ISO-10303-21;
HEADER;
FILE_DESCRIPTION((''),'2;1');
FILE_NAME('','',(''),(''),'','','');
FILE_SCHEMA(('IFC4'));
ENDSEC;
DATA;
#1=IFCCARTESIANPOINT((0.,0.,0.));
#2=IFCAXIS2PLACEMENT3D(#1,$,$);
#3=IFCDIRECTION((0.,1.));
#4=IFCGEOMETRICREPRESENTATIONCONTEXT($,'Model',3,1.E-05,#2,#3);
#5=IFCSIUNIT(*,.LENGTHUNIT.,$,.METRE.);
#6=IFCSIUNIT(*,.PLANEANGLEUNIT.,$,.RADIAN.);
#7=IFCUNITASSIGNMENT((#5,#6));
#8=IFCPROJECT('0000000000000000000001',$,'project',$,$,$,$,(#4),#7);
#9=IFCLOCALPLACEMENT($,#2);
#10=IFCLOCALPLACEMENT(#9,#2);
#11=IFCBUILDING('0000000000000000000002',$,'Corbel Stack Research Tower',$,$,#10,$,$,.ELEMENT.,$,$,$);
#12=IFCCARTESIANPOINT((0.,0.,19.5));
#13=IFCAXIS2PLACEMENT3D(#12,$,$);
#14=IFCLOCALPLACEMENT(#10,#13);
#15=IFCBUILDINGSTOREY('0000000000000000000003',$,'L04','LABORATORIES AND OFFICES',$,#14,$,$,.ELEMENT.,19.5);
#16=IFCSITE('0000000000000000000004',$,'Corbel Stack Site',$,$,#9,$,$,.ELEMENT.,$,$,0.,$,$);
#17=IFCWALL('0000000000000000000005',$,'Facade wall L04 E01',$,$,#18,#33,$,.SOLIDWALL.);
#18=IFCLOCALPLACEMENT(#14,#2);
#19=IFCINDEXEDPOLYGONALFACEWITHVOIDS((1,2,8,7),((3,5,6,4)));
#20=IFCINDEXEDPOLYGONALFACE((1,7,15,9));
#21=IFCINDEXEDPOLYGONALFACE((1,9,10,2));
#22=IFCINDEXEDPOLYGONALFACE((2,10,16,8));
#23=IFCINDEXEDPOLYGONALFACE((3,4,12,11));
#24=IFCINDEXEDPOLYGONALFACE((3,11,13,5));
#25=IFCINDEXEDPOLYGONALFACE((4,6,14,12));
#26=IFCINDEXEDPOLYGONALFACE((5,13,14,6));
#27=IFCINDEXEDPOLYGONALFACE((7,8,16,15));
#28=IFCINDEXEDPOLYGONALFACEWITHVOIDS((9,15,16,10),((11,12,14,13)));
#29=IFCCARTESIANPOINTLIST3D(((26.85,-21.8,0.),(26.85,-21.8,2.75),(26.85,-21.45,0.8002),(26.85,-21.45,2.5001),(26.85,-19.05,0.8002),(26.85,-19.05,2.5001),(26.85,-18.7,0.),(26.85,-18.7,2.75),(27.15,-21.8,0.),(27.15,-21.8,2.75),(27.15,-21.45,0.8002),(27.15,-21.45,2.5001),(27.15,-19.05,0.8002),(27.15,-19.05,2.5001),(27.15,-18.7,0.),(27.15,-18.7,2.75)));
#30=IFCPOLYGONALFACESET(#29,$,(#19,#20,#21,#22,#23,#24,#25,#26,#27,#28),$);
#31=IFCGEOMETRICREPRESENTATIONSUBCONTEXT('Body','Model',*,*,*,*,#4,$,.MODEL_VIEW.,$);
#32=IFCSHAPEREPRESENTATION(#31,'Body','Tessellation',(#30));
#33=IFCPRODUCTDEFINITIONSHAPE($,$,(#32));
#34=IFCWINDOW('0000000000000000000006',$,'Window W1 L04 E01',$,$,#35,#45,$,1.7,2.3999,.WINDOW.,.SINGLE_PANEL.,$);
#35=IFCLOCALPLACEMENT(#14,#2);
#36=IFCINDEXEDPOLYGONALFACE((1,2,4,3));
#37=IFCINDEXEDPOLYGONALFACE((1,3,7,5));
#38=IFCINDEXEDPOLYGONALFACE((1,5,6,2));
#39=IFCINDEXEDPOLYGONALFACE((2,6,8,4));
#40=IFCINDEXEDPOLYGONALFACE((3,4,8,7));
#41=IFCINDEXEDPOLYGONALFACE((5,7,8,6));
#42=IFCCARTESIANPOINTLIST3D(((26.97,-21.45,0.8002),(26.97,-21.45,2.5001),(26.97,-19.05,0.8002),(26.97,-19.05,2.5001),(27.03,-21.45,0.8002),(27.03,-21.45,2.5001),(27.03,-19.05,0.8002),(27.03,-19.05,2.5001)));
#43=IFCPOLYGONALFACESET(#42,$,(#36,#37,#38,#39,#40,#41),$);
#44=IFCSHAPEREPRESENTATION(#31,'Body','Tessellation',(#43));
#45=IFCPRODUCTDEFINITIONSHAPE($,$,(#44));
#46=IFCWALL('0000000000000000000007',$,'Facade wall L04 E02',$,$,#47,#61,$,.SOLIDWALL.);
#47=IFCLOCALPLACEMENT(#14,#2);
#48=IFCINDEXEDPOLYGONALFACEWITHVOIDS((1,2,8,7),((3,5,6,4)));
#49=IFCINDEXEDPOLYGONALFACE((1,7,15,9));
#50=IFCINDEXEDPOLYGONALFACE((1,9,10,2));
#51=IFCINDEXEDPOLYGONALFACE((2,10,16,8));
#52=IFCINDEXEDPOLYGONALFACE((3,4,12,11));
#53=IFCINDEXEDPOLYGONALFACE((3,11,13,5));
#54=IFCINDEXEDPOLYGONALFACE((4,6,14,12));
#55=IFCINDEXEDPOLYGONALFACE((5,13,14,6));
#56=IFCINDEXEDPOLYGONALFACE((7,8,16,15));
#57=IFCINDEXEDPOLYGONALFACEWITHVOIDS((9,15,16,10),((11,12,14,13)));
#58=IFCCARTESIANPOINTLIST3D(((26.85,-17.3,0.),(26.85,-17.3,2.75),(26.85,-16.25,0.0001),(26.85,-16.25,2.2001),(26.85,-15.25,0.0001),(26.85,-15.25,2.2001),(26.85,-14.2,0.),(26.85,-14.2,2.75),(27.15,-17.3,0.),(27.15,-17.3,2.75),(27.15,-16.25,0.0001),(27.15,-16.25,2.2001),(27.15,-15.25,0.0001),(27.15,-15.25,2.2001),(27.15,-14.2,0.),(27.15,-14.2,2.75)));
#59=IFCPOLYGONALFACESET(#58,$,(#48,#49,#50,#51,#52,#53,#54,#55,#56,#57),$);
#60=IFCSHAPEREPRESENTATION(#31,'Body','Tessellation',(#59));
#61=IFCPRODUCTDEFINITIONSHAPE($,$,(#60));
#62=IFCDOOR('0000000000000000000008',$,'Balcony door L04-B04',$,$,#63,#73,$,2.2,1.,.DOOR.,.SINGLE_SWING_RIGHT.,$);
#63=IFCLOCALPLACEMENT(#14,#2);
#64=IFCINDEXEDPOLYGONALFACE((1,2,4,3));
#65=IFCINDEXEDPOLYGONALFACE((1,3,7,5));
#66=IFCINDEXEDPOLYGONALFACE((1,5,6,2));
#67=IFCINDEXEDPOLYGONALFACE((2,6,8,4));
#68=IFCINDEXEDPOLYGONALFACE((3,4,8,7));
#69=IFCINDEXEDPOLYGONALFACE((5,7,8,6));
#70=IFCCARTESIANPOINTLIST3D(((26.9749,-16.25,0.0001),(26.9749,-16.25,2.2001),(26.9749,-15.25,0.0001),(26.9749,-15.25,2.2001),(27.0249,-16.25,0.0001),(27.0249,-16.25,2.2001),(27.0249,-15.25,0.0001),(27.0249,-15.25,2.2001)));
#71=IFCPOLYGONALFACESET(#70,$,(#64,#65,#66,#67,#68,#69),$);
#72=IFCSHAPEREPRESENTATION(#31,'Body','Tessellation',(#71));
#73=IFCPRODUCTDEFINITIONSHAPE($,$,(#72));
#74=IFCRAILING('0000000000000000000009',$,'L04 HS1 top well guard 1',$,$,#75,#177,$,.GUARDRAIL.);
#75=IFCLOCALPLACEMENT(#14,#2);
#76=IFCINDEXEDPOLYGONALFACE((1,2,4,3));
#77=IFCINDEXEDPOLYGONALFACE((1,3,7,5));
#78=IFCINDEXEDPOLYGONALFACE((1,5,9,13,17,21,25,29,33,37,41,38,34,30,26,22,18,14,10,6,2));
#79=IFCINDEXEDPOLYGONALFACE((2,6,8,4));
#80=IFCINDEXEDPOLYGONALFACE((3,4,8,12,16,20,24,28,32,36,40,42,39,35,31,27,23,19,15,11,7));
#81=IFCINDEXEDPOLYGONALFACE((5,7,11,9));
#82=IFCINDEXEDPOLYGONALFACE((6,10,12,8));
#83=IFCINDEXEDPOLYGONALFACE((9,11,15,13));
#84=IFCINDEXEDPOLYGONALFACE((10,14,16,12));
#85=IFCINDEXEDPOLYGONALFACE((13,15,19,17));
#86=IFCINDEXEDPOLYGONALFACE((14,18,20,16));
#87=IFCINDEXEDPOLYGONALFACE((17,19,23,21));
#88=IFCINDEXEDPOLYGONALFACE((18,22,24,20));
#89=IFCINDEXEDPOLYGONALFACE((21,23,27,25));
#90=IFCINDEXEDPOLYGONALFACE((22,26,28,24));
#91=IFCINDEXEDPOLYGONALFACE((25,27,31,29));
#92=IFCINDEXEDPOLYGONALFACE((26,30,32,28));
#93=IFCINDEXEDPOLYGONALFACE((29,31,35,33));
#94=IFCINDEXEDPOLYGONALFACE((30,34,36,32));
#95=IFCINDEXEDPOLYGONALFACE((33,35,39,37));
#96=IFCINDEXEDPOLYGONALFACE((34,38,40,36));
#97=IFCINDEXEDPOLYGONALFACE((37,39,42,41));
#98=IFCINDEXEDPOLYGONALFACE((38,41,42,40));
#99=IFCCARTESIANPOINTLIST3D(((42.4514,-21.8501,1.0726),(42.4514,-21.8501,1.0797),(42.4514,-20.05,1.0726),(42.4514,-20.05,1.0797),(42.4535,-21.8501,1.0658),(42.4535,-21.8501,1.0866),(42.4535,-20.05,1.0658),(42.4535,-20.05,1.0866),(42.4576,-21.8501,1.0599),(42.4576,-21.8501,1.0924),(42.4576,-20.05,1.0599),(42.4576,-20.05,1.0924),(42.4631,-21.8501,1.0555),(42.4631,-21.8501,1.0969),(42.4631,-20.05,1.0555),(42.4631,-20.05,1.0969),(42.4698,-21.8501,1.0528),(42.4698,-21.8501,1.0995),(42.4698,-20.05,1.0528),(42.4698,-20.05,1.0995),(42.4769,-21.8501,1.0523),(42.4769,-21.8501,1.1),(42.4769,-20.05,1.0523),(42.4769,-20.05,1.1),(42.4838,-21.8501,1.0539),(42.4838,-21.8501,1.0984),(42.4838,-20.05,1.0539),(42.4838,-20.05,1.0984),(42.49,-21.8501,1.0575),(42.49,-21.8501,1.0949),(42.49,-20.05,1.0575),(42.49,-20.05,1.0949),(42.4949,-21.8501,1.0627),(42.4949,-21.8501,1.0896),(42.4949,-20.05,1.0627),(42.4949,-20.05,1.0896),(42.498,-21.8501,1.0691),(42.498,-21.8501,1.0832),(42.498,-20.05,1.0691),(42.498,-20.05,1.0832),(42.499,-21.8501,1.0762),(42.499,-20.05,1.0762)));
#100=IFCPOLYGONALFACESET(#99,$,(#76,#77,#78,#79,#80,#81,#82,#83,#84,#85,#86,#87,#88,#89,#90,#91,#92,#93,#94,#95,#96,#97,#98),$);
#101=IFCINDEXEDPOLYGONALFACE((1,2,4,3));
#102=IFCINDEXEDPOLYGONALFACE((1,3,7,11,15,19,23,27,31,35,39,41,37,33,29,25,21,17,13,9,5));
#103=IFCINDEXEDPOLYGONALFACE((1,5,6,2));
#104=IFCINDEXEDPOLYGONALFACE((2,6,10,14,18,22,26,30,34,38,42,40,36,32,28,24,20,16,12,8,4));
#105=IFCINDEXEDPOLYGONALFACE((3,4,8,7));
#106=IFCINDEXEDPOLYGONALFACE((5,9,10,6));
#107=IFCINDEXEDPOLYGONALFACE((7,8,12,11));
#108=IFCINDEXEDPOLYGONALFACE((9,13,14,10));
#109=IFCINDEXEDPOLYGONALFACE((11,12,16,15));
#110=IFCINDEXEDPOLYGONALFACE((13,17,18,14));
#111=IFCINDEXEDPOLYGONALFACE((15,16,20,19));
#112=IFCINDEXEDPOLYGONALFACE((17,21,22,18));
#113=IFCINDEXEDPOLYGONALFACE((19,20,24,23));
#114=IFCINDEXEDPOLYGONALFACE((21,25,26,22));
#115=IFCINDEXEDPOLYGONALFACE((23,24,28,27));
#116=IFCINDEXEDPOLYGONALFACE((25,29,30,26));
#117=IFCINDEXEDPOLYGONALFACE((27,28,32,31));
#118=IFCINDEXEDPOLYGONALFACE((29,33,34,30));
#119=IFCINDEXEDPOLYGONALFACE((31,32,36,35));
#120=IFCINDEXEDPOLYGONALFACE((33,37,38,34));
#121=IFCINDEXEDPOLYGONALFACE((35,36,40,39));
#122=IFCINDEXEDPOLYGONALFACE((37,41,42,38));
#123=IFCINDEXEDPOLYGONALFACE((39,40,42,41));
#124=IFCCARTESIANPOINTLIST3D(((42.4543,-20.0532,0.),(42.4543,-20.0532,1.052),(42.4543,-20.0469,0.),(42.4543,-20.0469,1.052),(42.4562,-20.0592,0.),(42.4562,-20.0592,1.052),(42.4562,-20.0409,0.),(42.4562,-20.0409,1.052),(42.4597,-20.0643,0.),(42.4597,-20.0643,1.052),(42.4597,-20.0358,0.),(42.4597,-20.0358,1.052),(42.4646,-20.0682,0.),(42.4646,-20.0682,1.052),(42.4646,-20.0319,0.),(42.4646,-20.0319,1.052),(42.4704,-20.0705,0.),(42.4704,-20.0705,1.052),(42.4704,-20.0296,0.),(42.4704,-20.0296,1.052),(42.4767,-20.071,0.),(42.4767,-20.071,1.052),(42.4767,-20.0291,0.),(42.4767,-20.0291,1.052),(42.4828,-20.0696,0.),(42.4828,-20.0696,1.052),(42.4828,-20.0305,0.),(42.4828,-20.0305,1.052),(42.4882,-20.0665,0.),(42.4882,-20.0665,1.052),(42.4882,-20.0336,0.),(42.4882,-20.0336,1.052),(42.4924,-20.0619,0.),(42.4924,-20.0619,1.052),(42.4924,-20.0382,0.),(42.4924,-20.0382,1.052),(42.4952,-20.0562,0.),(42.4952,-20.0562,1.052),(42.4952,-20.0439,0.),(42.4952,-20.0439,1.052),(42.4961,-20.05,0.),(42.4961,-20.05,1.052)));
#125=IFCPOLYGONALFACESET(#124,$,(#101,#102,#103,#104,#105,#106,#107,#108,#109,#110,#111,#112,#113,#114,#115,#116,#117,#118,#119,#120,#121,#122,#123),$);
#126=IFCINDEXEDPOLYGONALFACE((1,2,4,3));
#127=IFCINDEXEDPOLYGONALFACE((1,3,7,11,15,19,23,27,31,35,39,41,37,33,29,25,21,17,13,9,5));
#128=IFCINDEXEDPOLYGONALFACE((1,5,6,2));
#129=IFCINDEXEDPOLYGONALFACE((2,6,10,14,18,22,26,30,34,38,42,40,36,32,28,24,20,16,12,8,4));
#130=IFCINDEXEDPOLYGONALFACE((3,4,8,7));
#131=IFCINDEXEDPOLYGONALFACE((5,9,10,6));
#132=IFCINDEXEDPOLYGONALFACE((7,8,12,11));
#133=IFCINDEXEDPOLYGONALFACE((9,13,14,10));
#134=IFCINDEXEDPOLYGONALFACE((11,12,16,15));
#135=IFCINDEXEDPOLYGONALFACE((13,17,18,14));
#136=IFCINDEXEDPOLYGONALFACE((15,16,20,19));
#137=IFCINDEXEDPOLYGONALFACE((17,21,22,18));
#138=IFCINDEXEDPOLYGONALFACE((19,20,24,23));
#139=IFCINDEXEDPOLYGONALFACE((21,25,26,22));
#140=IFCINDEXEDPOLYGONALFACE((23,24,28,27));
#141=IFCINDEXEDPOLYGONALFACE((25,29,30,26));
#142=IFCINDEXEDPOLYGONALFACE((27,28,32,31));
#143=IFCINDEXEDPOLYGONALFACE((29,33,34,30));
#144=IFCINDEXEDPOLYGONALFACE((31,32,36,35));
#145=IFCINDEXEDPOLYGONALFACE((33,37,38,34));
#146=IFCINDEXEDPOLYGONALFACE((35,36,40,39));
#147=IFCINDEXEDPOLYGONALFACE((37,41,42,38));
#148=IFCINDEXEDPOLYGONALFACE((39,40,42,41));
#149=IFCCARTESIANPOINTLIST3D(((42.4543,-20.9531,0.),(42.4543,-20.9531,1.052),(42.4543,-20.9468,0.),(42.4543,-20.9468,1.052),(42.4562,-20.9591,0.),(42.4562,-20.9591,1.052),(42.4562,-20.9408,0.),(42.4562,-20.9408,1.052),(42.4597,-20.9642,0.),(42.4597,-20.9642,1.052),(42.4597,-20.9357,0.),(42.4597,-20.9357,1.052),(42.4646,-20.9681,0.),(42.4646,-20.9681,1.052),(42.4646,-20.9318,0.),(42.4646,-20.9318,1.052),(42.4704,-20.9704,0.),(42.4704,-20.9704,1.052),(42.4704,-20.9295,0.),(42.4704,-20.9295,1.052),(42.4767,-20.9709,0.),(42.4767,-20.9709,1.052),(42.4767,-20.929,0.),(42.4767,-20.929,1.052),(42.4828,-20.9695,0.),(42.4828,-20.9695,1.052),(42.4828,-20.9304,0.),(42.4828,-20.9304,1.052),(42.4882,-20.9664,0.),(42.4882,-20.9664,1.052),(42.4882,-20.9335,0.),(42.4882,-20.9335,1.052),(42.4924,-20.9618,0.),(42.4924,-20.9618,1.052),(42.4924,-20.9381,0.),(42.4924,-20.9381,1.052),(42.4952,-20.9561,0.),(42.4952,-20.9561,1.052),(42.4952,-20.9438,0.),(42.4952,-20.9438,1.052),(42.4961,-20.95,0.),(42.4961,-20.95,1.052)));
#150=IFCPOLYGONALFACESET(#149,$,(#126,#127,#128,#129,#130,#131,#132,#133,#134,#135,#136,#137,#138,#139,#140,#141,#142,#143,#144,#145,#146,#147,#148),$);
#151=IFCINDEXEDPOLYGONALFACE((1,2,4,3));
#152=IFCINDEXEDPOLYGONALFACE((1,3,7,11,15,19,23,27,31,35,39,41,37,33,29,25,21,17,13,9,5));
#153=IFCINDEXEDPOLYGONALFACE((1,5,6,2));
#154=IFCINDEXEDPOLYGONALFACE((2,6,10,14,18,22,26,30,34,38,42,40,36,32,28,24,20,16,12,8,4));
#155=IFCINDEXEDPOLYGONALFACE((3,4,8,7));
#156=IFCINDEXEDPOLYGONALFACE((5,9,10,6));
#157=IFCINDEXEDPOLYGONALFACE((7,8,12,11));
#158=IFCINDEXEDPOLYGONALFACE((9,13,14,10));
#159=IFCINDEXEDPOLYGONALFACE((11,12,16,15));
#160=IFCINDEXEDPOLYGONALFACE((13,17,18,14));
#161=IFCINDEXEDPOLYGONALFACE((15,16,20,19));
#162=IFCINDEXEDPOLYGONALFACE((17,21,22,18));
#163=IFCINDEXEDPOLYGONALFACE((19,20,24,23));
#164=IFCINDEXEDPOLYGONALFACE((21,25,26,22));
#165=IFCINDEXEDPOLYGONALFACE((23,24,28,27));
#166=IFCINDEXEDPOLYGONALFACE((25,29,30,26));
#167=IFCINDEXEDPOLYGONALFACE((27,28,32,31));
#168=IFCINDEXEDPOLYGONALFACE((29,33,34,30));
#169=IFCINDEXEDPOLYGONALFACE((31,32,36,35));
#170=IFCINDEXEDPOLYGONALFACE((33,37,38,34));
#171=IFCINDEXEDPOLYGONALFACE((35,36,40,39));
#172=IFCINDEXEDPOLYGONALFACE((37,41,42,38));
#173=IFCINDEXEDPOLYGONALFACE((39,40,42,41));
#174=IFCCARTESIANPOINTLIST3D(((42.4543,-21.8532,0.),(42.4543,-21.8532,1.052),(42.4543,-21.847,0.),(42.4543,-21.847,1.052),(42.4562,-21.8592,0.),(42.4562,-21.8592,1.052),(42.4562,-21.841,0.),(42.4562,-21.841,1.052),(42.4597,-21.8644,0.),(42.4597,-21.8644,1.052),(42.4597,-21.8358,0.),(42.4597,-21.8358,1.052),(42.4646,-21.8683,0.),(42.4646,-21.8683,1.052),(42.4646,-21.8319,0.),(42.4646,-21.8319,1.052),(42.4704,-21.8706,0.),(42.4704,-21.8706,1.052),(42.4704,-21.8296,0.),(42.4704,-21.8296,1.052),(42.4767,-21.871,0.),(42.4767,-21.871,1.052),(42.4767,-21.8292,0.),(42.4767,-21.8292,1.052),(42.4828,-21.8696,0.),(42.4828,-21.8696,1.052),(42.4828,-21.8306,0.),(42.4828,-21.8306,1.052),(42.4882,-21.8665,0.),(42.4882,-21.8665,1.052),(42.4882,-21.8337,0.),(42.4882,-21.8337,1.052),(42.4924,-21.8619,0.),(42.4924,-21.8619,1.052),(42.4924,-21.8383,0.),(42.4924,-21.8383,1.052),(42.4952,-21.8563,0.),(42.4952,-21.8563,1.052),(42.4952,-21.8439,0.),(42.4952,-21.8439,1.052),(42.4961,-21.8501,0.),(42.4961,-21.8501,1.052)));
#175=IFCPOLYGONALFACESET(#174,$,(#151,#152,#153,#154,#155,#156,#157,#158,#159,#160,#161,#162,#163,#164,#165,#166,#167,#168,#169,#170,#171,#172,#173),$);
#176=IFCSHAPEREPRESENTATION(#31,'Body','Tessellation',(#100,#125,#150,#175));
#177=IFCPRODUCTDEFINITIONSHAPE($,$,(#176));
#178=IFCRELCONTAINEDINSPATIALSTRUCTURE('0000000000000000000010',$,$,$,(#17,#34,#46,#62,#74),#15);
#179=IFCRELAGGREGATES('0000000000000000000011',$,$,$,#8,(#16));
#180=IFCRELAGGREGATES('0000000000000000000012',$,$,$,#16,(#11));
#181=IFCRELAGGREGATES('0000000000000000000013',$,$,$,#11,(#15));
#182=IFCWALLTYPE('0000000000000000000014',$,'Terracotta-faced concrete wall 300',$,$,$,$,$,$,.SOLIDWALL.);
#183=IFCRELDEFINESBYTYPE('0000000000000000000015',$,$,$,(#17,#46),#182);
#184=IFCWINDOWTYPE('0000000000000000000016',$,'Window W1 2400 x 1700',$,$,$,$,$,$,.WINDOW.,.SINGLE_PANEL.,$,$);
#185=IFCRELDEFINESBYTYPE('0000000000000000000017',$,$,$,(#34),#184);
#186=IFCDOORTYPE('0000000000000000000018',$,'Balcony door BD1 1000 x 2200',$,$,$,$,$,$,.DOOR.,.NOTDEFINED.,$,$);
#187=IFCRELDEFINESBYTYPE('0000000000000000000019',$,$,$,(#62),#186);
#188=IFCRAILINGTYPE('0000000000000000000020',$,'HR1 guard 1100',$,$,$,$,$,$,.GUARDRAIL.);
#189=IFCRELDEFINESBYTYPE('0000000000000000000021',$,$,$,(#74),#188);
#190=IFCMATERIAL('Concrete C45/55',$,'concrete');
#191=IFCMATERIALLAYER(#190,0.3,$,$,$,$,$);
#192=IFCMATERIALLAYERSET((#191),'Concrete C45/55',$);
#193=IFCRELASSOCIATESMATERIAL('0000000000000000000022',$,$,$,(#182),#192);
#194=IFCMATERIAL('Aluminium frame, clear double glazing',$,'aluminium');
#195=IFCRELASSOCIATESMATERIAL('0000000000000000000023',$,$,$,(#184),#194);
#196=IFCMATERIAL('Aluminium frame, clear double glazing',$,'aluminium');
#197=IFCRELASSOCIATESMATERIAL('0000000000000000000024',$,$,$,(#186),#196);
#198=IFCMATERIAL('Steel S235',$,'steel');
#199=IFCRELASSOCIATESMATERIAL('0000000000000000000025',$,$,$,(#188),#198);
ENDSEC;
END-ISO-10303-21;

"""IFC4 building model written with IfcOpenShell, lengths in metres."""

from ifc_helpers import new_model, si_unit, direction, frame, frame_2d, origin, origin_2d, place, context, subcontext, project, spatial, rectangle, circle, extrude, material, layer, layer_set, type_object, element, fill, save


model = new_model("IFC4")

# Units and contexts
model_context = context("Model", 3, precision=1e-05, world=origin(), true_north=direction((0.0, 1.0)))
body_context = subcontext(model_context, "Body", "Model", "MODEL_VIEW")
ifc_project = project(units=[si_unit("LENGTHUNIT", "METRE"), si_unit("PLANEANGLEUNIT", "RADIAN")], contexts=[model_context])

# Site, building, storey
site_placement = place(None, origin())
site = spatial("IfcSite", under=ifc_project, at=site_placement, Name="Corbel Stack Site", CompositionType="ELEMENT", RefElevation=0.0)
building_placement = place(site_placement, origin())
building = spatial("IfcBuilding", under=site, at=building_placement, Name="Corbel Stack Research Tower", CompositionType="ELEMENT")
storey_placement = place(building_placement, frame((0.0, 0.0, 19.5)))
storey = spatial("IfcBuildingStorey", under=building, at=storey_placement, Name="L04", Description="LABORATORIES AND OFFICES", CompositionType="ELEMENT", Elevation=19.5)

# Wall, opening, window
ifc_material_1 = material(Name="Concrete C45/55", Category="concrete")
ifc_layer_1 = layer(ifc_material_1, 0.3)
ifc_layer_set_1 = layer_set([ifc_layer_1], Name="Concrete C45/55")
wall_type_1 = type_object("IfcWallType", Name="Terracotta-faced concrete wall 300", PredefinedType="SOLIDWALL", material=ifc_layer_set_1)
wall_1_placement = place(storey_placement, frame((27.0, -18.7, 0.0), z_axis=(0.0, 0.0, 1.0), x_axis=(0.0, -1.0, 0.0)))
wall_1 = element("IfcWall", 1, at=wall_1_placement, inside=storey, type_object=wall_type_1, Name="Facade wall L04 E01", PredefinedType="SOLIDWALL", context=body_context, shape_type="SweptSolid", body=[
    extrude(rectangle(XDim=3.1001, YDim=0.3, at=frame_2d((1.55, 0.0))), origin(), (0.0, 0.0, 1.0), 2.75),
])
opening_1_placement = place(wall_1_placement, frame((0.3501, 0.0, 0.8)))
opening_1 = element("IfcOpeningElement", 2, at=opening_1_placement, cuts=wall_1, PredefinedType="OPENING", context=body_context, shape_type="SweptSolid", body=[
    extrude(rectangle(XDim=2.3999, YDim=1.7, at=frame_2d((1.2, 0.8501))), frame((0.0, 0.1599, 0.0), z_axis=(0.0, -1.0, 0.0), x_axis=(1.0, 0.0, 0.0)), (0.0, 0.0, 1.0), 0.3201),
])
ifc_material_2 = material(Name="Aluminium frame, clear double glazing", Category="aluminium")
window_type = type_object("IfcWindowType", Name="Window W1 2400 x 1700", PartitioningType="SINGLE_PANEL", PredefinedType="WINDOW", material=ifc_material_2)
window_placement = place(opening_1_placement, origin())
window = element("IfcWindow", 3, at=window_placement, inside=storey, type_object=window_type, Name="Window W1 L04 E01", OverallHeight=1.7, OverallWidth=2.3999, PartitioningType="SINGLE_PANEL", PredefinedType="WINDOW", context=body_context, shape_type="SweptSolid", body=[
    extrude(rectangle(XDim=2.3999, YDim=1.7, at=frame_2d((1.2, 0.8501))), frame((0.0, 0.03, 0.0), z_axis=(0.0, -1.0, 0.0), x_axis=(1.0, 0.0, 0.0)), (0.0, 0.0, 1.0), 0.0601),
])
fill(opening_1, window)

# Wall, opening, door
wall_2_placement = place(storey_placement, frame((27.0, -14.2, 0.0), z_axis=(0.0, 0.0, 1.0), x_axis=(0.0, -1.0, 0.0)))
wall_2 = element("IfcWall", 4, at=wall_2_placement, inside=storey, type_object=wall_type_1, Name="Facade wall L04 E02", PredefinedType="SOLIDWALL", context=body_context, shape_type="SweptSolid", body=[
    extrude(rectangle(XDim=3.1001, YDim=0.3, at=frame_2d((1.55, 0.0))), origin(), (0.0, 0.0, 1.0), 2.75),
])
opening_2_placement = place(wall_2_placement, frame((1.05, 0.0, 0.0)))
opening_2 = element("IfcOpeningElement", 5, at=opening_2_placement, cuts=wall_2, PredefinedType="OPENING", context=body_context, shape_type="SweptSolid", body=[
    extrude(rectangle(XDim=1.0, YDim=2.2, at=frame_2d((0.5, 1.1001))), frame((0.0, 0.1599, 0.0), z_axis=(0.0, -1.0, 0.0), x_axis=(1.0, 0.0, 0.0)), (0.0, 0.0, 1.0), 0.3201),
])
ifc_material_3 = material(Name="Aluminium frame, clear double glazing", Category="aluminium")
door_type_1 = type_object("IfcDoorType", Name="Balcony door BD1 1000 x 2200", OperationType="NOTDEFINED", PredefinedType="DOOR", material=ifc_material_3)
door_1_placement = place(opening_2_placement, origin())
door_1 = element("IfcDoor", 6, at=door_1_placement, inside=storey, type_object=door_type_1, Name="Balcony door L04-B04", OperationType="SINGLE_SWING_RIGHT", OverallHeight=2.2, OverallWidth=1.0, PredefinedType="DOOR", context=body_context, shape_type="SweptSolid", body=[
    extrude(rectangle(XDim=1.0, YDim=2.2, at=frame_2d((0.5, 1.1001))), frame((0.0, 0.0249, 0.0), z_axis=(0.0, -1.0, 0.0), x_axis=(1.0, 0.0, 0.0)), (0.0, 0.0, 1.0), 0.05),
])
fill(opening_2, door_1)

# Railing
ifc_material_4 = material(Name="Steel S235", Category="steel")
railing_type_1 = type_object("IfcRailingType", Name="HR1 guard 1100", PredefinedType="GUARDRAIL", material=ifc_material_4)
railing_1_placement = place(storey_placement, frame((42.4751, -20.05, 0.0)))
element("IfcRailing", 7, at=railing_1_placement, inside=storey, type_object=railing_type_1, Name="L04 HS1 top well guard 1", PredefinedType="GUARDRAIL", context=body_context, shape_type="SweptSolid", body=[
    extrude(circle(Radius=0.0239, at=origin_2d()), frame((0.0, 0.0, 1.0762), z_axis=(0.0, -1.0, 0.0), x_axis=(1.0, 0.0, 0.0)), (0.0, 0.0, 1.0), 1.8),
    extrude(circle(Radius=0.021, at=origin_2d()), origin(), (0.0, 0.0, 1.0), 1.052),
    extrude(circle(Radius=0.021, at=origin_2d()), frame((0.0, -0.8999, 0.0)), (0.0, 0.0, 1.0), 1.052),
    extrude(circle(Radius=0.021, at=origin_2d()), frame((0.0, -1.8, 0.0)), (0.0, 0.0, 1.0), 1.052),
])

save(model, "model.ifc")
